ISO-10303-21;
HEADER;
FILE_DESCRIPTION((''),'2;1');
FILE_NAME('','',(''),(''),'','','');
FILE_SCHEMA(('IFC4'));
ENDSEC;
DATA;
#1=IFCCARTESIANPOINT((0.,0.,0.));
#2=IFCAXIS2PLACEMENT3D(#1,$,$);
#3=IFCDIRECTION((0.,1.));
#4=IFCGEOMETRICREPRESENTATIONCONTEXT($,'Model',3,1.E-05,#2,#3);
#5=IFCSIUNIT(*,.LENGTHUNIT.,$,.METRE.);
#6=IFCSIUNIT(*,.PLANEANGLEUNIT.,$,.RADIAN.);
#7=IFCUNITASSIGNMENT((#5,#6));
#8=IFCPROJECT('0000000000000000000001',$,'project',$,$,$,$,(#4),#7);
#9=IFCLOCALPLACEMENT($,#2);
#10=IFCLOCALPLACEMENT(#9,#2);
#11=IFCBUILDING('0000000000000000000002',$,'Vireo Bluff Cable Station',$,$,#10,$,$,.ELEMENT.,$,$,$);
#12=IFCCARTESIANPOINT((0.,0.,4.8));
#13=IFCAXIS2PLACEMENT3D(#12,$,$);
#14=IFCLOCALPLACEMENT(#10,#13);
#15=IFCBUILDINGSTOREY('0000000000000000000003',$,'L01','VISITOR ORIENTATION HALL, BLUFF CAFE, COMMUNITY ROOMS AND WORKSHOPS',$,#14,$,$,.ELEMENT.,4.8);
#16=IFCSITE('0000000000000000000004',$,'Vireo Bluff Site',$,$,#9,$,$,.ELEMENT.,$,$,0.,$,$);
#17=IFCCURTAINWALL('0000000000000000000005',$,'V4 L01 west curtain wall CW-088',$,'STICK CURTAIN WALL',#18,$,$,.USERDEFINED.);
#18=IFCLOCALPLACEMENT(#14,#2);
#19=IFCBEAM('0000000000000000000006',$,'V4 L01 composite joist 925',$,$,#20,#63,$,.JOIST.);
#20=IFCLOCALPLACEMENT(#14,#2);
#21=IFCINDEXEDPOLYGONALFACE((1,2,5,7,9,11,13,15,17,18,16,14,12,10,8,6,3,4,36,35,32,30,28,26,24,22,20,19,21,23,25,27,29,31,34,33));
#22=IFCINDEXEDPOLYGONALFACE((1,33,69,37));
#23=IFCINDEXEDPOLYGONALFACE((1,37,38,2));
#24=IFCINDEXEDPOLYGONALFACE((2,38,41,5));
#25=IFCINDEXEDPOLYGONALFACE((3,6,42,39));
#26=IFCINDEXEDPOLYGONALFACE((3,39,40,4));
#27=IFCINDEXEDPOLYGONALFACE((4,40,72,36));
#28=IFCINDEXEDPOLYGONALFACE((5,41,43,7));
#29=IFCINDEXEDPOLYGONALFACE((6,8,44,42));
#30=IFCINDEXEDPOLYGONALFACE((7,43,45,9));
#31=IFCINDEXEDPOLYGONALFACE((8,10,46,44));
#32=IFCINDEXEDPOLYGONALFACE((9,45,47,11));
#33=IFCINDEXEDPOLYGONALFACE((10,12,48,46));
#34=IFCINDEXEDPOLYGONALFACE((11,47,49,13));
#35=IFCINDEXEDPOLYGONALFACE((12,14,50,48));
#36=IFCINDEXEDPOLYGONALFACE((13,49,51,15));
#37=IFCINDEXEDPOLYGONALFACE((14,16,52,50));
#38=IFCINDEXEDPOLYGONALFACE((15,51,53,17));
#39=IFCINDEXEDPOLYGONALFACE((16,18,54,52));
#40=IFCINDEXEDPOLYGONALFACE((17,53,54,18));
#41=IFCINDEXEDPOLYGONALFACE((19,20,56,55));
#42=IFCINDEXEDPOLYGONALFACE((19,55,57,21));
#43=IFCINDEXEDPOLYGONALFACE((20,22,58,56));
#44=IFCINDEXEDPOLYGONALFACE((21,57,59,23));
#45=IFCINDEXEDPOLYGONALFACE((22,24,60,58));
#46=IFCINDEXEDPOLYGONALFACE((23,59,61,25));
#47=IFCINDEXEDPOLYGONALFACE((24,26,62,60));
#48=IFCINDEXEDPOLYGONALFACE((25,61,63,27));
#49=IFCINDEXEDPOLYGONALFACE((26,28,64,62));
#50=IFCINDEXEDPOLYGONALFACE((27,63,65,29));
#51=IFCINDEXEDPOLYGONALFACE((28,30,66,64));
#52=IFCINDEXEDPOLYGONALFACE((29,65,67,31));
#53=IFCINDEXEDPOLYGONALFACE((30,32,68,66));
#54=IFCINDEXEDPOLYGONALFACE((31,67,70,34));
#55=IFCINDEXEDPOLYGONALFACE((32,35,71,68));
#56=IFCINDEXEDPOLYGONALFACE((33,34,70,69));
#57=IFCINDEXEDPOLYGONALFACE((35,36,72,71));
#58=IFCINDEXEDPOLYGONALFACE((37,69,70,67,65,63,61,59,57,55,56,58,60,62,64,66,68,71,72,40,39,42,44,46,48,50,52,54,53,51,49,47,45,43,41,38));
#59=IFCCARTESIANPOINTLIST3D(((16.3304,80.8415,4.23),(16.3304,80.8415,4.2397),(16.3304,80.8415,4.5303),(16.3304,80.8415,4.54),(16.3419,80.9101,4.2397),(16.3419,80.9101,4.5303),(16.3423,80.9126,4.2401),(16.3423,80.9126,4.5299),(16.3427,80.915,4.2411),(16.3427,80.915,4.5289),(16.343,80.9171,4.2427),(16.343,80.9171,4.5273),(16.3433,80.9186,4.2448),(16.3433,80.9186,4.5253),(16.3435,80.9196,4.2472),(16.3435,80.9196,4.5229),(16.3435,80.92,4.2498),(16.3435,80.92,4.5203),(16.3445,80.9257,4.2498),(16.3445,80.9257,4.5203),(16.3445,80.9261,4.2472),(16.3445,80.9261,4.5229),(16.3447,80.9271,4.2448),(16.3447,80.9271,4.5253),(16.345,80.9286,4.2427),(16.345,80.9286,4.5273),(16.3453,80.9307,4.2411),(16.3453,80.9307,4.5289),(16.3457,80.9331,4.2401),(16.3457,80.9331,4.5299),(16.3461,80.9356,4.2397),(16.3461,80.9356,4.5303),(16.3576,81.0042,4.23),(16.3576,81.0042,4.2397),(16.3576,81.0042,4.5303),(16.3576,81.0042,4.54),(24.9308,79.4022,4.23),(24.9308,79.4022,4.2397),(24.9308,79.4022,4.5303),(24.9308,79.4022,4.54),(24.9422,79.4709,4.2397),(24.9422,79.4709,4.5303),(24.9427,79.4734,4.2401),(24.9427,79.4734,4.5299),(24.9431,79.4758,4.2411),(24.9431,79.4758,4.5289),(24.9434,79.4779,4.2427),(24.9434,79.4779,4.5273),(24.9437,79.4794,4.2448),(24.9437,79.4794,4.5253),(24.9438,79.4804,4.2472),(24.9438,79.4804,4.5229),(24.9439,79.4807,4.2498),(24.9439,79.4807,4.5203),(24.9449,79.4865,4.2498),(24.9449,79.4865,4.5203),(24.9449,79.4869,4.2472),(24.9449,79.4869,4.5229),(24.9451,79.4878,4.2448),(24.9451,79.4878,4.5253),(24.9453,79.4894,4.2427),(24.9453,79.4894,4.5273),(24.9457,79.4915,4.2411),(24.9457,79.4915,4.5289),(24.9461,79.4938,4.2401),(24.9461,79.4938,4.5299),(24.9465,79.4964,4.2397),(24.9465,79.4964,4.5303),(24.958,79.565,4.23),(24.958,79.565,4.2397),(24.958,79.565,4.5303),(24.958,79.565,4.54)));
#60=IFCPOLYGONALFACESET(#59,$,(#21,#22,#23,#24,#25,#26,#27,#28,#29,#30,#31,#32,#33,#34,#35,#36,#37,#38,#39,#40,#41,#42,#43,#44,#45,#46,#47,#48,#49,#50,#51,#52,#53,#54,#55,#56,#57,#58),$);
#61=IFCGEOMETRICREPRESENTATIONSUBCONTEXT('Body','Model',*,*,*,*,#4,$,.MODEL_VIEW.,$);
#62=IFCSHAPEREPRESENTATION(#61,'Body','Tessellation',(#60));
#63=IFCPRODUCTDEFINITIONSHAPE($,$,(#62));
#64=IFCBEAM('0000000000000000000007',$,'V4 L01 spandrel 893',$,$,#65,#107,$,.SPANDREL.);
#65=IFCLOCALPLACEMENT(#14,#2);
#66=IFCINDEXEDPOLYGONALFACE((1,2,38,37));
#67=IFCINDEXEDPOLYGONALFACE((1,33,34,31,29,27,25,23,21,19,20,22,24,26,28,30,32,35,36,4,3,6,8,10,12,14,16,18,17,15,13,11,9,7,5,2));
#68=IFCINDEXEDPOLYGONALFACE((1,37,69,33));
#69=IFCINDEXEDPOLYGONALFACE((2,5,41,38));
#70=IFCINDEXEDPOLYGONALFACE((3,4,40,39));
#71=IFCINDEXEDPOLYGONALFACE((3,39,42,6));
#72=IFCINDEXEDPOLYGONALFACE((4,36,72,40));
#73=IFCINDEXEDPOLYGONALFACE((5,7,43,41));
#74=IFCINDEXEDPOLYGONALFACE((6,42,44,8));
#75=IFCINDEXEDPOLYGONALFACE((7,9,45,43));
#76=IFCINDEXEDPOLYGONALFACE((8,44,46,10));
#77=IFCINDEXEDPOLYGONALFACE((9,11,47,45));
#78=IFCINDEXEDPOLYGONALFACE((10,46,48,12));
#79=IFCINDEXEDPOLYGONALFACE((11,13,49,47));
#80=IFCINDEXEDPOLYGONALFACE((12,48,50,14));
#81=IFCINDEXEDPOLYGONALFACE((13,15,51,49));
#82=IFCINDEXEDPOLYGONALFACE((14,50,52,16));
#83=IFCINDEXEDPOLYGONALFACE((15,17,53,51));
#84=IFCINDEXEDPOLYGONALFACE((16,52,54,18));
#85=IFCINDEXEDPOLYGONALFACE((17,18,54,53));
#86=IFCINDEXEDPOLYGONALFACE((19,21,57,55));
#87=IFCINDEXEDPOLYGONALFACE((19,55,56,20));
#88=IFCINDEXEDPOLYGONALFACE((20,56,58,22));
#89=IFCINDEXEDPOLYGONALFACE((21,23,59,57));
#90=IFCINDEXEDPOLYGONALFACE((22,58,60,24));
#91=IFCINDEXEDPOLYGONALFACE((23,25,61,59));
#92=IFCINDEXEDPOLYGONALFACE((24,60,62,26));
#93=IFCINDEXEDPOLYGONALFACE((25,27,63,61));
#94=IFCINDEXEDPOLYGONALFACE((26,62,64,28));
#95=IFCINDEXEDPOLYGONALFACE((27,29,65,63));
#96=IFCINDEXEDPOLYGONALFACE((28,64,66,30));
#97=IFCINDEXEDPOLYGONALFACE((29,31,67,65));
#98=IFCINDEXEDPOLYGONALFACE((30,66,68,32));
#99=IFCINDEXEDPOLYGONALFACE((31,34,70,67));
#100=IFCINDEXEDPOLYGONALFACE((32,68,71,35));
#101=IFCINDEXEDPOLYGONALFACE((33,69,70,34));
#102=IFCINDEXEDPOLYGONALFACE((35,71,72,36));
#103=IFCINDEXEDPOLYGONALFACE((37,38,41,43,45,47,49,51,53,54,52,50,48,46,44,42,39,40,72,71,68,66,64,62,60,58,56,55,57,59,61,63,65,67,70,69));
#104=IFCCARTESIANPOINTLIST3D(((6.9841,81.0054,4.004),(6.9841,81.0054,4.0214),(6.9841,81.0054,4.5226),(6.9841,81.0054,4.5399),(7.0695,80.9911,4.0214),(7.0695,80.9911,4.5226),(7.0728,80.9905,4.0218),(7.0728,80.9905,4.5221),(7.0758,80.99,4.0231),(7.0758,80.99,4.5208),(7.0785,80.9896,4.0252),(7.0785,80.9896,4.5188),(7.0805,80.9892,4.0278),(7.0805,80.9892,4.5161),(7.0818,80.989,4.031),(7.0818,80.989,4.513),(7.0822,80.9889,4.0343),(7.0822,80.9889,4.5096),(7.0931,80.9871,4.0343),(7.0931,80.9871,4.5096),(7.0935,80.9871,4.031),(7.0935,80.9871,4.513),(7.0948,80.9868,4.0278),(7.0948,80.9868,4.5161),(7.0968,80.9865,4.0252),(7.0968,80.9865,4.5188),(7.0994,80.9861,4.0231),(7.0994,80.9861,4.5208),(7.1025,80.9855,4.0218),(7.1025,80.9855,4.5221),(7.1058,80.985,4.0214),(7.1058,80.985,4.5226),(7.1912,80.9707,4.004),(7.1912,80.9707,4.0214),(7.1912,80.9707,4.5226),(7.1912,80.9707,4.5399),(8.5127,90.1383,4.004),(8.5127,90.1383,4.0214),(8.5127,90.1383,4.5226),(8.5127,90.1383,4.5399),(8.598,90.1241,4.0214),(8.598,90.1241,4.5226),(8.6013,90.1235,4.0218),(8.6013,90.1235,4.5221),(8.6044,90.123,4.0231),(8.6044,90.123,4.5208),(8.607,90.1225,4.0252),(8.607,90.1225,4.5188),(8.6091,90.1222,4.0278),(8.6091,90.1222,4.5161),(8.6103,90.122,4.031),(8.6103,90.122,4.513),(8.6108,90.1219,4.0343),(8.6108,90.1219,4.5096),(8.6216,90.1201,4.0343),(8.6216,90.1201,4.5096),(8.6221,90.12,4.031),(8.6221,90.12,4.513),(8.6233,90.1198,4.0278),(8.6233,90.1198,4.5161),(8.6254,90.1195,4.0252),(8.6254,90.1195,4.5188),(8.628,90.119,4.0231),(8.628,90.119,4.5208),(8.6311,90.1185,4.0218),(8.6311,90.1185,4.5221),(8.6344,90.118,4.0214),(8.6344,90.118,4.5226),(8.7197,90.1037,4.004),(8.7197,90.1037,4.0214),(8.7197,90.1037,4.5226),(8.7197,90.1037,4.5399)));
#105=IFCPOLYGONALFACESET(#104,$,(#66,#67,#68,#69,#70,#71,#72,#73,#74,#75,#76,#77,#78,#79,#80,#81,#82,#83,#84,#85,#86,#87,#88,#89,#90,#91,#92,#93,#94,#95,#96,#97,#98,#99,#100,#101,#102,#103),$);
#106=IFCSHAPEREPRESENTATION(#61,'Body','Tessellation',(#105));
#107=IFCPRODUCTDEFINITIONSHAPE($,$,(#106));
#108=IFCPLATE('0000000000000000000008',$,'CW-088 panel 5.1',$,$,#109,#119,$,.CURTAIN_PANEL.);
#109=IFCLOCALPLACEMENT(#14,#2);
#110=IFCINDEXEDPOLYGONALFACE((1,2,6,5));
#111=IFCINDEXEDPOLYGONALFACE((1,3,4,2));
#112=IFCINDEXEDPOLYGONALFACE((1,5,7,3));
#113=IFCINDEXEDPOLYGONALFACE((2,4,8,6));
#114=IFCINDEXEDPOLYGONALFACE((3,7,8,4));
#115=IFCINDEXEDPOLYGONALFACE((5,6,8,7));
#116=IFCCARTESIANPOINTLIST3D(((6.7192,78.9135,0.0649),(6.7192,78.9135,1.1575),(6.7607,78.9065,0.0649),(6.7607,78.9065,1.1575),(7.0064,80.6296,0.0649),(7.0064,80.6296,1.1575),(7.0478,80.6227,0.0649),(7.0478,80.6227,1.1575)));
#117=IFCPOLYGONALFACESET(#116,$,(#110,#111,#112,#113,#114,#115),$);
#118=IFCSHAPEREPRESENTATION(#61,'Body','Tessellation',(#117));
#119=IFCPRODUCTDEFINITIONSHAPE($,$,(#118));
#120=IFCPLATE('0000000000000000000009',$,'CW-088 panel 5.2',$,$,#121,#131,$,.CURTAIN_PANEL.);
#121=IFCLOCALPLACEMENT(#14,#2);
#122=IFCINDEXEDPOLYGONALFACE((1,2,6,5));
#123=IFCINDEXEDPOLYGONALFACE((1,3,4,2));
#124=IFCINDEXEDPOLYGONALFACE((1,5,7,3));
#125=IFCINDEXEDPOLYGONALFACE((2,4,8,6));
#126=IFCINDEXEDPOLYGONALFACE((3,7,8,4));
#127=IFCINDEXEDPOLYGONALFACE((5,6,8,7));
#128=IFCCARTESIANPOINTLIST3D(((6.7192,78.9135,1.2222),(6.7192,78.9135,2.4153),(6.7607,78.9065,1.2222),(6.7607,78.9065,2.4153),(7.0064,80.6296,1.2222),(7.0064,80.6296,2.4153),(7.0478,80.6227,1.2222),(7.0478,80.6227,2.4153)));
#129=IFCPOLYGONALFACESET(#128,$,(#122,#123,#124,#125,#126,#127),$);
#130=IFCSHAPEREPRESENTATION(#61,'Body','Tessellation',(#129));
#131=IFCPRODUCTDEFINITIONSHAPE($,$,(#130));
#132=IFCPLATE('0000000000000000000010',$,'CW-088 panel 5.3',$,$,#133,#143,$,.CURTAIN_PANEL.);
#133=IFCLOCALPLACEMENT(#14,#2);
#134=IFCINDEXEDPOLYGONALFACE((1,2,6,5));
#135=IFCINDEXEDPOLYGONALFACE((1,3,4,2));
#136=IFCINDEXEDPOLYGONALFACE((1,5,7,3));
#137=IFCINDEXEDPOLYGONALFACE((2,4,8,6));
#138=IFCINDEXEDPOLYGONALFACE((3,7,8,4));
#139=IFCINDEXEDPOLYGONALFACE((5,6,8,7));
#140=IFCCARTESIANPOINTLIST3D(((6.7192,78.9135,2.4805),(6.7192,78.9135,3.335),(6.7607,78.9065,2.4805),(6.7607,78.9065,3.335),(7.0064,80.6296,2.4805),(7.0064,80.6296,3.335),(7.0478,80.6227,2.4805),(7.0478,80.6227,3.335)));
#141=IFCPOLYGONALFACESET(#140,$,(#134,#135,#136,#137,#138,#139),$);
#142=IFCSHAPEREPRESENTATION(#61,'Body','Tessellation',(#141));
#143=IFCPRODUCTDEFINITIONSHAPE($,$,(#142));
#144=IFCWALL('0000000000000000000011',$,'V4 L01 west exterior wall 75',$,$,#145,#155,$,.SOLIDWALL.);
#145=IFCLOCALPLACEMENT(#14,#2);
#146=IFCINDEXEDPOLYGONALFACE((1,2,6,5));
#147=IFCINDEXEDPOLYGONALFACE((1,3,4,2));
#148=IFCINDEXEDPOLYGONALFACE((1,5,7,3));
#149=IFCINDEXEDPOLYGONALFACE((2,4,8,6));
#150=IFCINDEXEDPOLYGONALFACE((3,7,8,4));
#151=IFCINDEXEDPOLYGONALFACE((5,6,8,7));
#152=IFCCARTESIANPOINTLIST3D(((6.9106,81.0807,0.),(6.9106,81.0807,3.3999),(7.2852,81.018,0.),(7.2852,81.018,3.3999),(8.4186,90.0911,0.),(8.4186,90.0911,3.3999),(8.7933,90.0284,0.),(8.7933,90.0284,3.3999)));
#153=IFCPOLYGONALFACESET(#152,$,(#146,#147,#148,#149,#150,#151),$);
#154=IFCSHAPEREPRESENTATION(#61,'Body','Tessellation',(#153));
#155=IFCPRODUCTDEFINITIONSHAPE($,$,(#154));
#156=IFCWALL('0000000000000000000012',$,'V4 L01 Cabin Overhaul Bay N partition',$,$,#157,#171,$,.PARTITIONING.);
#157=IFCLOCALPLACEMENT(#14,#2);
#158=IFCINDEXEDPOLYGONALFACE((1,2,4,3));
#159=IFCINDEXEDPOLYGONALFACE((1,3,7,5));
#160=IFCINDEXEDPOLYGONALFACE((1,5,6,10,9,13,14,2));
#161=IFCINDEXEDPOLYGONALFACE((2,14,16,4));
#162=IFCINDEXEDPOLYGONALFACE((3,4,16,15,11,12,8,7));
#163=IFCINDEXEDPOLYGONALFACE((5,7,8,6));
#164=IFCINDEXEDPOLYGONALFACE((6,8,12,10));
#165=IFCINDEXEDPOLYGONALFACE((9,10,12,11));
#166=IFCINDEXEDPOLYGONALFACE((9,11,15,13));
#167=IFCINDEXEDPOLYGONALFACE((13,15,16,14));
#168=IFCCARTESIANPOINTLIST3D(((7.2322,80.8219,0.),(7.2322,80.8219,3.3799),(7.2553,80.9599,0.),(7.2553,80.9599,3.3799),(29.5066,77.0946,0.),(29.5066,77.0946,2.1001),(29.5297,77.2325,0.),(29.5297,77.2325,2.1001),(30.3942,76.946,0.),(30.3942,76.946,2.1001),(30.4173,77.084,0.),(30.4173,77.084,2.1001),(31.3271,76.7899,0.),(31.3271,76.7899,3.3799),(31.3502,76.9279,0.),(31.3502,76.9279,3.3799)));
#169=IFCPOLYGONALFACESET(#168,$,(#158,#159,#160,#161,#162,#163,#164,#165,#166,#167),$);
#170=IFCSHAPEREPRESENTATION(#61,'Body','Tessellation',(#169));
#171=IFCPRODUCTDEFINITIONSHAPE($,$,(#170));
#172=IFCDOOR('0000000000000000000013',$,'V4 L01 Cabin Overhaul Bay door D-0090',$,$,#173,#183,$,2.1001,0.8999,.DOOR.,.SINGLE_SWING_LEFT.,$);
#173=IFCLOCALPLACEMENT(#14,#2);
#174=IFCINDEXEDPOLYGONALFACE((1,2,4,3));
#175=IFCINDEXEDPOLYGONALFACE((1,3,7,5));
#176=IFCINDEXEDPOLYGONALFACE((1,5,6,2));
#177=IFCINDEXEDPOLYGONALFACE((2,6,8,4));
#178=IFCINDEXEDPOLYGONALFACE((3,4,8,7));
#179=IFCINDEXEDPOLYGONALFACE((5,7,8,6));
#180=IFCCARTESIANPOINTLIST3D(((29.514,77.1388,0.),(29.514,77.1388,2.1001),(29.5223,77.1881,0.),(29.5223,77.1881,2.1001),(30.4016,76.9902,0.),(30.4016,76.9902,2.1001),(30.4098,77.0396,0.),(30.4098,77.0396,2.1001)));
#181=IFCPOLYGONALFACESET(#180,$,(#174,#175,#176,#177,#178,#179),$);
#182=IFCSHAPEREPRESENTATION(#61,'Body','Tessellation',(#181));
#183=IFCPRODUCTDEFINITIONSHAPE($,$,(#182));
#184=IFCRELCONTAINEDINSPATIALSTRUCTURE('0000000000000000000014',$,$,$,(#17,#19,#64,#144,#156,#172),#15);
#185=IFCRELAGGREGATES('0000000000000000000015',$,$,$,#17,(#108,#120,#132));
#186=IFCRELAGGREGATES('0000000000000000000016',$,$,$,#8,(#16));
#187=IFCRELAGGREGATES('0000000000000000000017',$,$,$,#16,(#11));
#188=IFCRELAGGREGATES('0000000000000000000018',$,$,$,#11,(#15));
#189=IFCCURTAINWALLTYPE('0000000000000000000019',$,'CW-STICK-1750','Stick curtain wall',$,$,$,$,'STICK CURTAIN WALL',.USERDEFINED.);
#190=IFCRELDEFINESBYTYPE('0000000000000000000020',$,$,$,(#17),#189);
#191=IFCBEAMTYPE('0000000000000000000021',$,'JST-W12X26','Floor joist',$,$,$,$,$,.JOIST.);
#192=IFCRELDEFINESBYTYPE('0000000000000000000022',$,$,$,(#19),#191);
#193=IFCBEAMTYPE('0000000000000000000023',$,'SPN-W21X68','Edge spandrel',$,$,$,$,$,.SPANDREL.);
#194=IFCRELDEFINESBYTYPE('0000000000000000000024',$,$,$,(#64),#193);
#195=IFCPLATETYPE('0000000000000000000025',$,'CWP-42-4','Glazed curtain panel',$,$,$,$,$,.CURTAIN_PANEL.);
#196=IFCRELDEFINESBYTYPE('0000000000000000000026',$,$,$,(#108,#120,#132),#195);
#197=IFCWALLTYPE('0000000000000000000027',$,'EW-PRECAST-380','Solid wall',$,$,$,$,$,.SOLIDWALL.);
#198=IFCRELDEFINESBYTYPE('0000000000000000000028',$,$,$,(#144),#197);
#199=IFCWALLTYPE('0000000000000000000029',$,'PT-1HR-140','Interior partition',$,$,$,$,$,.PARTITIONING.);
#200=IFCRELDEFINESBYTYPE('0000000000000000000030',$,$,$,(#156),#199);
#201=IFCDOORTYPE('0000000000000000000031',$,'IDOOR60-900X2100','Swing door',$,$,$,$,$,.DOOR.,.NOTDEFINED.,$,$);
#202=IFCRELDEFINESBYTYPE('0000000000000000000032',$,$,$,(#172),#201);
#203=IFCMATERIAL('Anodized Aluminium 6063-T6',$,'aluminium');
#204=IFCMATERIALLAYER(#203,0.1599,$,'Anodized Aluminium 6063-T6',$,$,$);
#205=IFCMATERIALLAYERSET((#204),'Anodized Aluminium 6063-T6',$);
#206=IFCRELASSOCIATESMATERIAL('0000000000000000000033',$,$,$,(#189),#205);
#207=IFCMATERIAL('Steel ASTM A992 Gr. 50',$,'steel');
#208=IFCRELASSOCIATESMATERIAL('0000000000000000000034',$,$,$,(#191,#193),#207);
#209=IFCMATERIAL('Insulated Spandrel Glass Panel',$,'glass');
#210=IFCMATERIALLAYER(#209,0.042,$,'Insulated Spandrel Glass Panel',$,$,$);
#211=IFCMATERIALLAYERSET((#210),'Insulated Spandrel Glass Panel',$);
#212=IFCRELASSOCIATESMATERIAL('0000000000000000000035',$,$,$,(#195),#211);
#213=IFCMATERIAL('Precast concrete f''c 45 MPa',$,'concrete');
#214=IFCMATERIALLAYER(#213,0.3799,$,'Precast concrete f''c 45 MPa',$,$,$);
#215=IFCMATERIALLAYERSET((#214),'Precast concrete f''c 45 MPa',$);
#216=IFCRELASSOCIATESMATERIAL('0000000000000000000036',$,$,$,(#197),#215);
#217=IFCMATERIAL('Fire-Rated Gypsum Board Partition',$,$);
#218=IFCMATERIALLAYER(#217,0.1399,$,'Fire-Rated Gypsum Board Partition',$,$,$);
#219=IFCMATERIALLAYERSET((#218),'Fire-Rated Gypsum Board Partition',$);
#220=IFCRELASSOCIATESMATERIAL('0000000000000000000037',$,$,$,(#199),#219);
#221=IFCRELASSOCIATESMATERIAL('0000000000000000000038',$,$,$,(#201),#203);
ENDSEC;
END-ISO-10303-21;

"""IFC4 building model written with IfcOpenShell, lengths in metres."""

from ifc_helpers import new_model, si_unit, direction, frame, frame_2d, origin, origin_with_axes, origin_2d, place, context, subcontext, project, spatial, rectangle, i_section, extrude, material, layer, layer_set, material_profile, profile_set, type_object, element, fill, aggregate, save


model = new_model("IFC4")

# Units and contexts
model_context = context("Model", 3, precision=1e-05, world=origin(), true_north=direction((0.0, 1.0)))
body_context = subcontext(model_context, "Body", "Model", "MODEL_VIEW")
ifc_project = project(units=[si_unit("LENGTHUNIT", "METRE"), si_unit("PLANEANGLEUNIT", "RADIAN")], contexts=[model_context])

# Site, building, storey
site_placement = place(None, origin())
site = spatial("IfcSite", under=ifc_project, at=site_placement, Name="Vireo Bluff Site", CompositionType="ELEMENT", RefElevation=0.0)
building_placement = place(site_placement, origin())
building = spatial("IfcBuilding", under=site, at=building_placement, Name="Vireo Bluff Cable Station", CompositionType="ELEMENT")
storey_placement = place(building_placement, frame((0.0, 0.0, 4.8)))
storey = spatial("IfcBuildingStorey", under=building, at=storey_placement, Name="L01", Description="VISITOR ORIENTATION HALL, BLUFF CAFE, COMMUNITY ROOMS AND WORKSHOPS", CompositionType="ELEMENT", Elevation=4.8)

# Shared definitions
ifc_material_1 = material(Name="Steel ASTM A992 Gr. 50", Category="steel")

# Curtain wall
ifc_material_2 = material(Name="Anodized Aluminium 6063-T6", Category="aluminium")
ifc_layer_1 = layer(ifc_material_2, 0.1599, Name="Anodized Aluminium 6063-T6")
ifc_layer_set_1 = layer_set([ifc_layer_1], Name="Anodized Aluminium 6063-T6")
curtain_wall_type = type_object("IfcCurtainWallType", Name="CW-STICK-1750", Description="Stick curtain wall", ElementType="STICK CURTAIN WALL", PredefinedType="USERDEFINED", material=ifc_layer_set_1)
curtain_wall_placement = place(storey_placement, origin())
curtain_wall = element("IfcCurtainWall", 1, at=curtain_wall_placement, inside=storey, type_object=curtain_wall_type, Name="V4 L01 west curtain wall CW-088", ObjectType="STICK CURTAIN WALL", PredefinedType="USERDEFINED")

# Beams
ifc_material_profile_1 = material_profile(ifc_material_1, i_section(OverallWidth=0.165, OverallDepth=0.3101, WebThickness=0.0059, FlangeThickness=0.0098, FilletRadius=0.01, at=origin_2d()), Name="W12X26")
ifc_profile_set_1 = profile_set([ifc_material_profile_1], Name="Steel ASTM A992 Gr. 50")
beam_type_1 = type_object("IfcBeamType", Name="JST-W12X26", Description="Floor joist", PredefinedType="JOIST", material=ifc_profile_set_1)
beam_1_placement = place(storey_placement, frame((16.344, 80.9229, 4.385), z_axis=(0.986286, -0.165048, 0.0), x_axis=(0.165048, 0.986286, 0.0)))
element("IfcBeam", 2, at=beam_1_placement, inside=storey, type_object=beam_type_1, Name="V4 L01 composite joist 925", PredefinedType="JOIST", context=body_context, shape_type="SweptSolid", body=[
    extrude(i_section(OverallWidth=0.165, OverallDepth=0.3101, WebThickness=0.0059, FlangeThickness=0.0098, FilletRadius=0.01, at=origin_2d()), origin(), (0.0, 0.0, 1.0), 8.72),
])
ifc_material_profile_2 = material_profile(ifc_material_1, i_section(OverallWidth=0.21, OverallDepth=0.5359, WebThickness=0.011, FlangeThickness=0.0173, FilletRadius=0.0129, at=origin_2d()), Name="W21X68")
ifc_profile_set_2 = profile_set([ifc_material_profile_2], Name="Steel ASTM A992 Gr. 50")
beam_type_2 = type_object("IfcBeamType", Name="SPN-W21X68", Description="Edge spandrel", PredefinedType="SPANDREL", material=ifc_profile_set_2)
beam_2_placement = place(storey_placement, frame((7.0876, 80.988, 4.272), z_axis=(0.16507, 0.986282, 0.0), x_axis=(-0.986282, 0.16507, 0.0)))
element("IfcBeam", 3, at=beam_2_placement, inside=storey, type_object=beam_type_2, Name="V4 L01 spandrel 893", PredefinedType="SPANDREL", context=body_context, shape_type="SweptSolid", body=[
    extrude(i_section(OverallWidth=0.21, OverallDepth=0.5359, WebThickness=0.011, FlangeThickness=0.0173, FilletRadius=0.0129, at=origin_2d()), origin(), (0.0, 0.0, 1.0), 9.26),
])

# Plates
ifc_material_3 = material(Name="Insulated Spandrel Glass Panel", Category="glass")
ifc_layer_2 = layer(ifc_material_3, 0.042, Name="Insulated Spandrel Glass Panel")
ifc_layer_set_2 = layer_set([ifc_layer_2], Name="Insulated Spandrel Glass Panel")
plate_type = type_object("IfcPlateType", Name="CWP-42-4", Description="Glazed curtain panel", PredefinedType="CURTAIN_PANEL", material=ifc_layer_set_2)
plate_1_placement = place(storey_placement, frame((6.8835, 79.7681, 0.0649), z_axis=(0.0, 0.0, 1.0), x_axis=(0.165048, 0.986286, 0.0)))
plate_1 = element("IfcPlate", 4, at=plate_1_placement, type_object=plate_type, Name="CW-088 panel 5.1", PredefinedType="CURTAIN_PANEL", context=body_context, shape_type="SweptSolid", body=[
    extrude(rectangle(XDim=1.74, YDim=0.042, at=origin_2d()), origin(), (0.0, 0.0, 1.0), 1.0925),
])
plate_2_placement = place(storey_placement, frame((6.8835, 79.7681, 1.2222), z_axis=(0.0, 0.0, 1.0), x_axis=(0.165048, 0.986286, 0.0)))
plate_2 = element("IfcPlate", 5, at=plate_2_placement, type_object=plate_type, Name="CW-088 panel 5.2", PredefinedType="CURTAIN_PANEL", context=body_context, shape_type="SweptSolid", body=[
    extrude(rectangle(XDim=1.74, YDim=0.042, at=origin_2d()), origin(), (0.0, 0.0, 1.0), 1.1931),
])
plate_3_placement = place(storey_placement, frame((6.8835, 79.7681, 2.4805), z_axis=(0.0, 0.0, 1.0), x_axis=(0.165048, 0.986286, 0.0)))
plate_3 = element("IfcPlate", 6, at=plate_3_placement, type_object=plate_type, Name="CW-088 panel 5.3", PredefinedType="CURTAIN_PANEL", context=body_context, shape_type="SweptSolid", body=[
    extrude(rectangle(XDim=1.74, YDim=0.042, at=origin_2d()), origin(), (0.0, 0.0, 1.0), 0.8545),
])
aggregate(curtain_wall, [plate_1, plate_2, plate_3])

# Wall
ifc_material_4 = material(Name="Precast concrete f'c 45 MPa", Category="concrete")
ifc_layer_3 = layer(ifc_material_4, 0.3799, Name="Precast concrete f'c 45 MPa")
ifc_layer_set_3 = layer_set([ifc_layer_3], Name="Precast concrete f'c 45 MPa")
wall_type_1 = type_object("IfcWallType", Name="EW-PRECAST-380", Description="Solid wall", PredefinedType="SOLIDWALL", material=ifc_layer_set_3)
wall_1_placement = place(storey_placement, frame((7.0979, 81.0493, 0.0), z_axis=(0.0, 0.0, 1.0), x_axis=(0.165071, 0.986282, 0.0)))
element("IfcWall", 7, at=wall_1_placement, inside=storey, type_object=wall_type_1, Name="V4 L01 west exterior wall 75", PredefinedType="SOLIDWALL", context=body_context, shape_type="SweptSolid", body=[
    extrude(rectangle(XDim=9.1357, YDim=0.3799, at=frame_2d((4.5679, 0.0))), origin(), (0.0, 0.0, 1.0), 3.3999),
])

# Wall, opening, door
ifc_material_5 = material(Name="Fire-Rated Gypsum Board Partition")
ifc_layer_4 = layer(ifc_material_5, 0.1399, Name="Fire-Rated Gypsum Board Partition")
ifc_layer_set_4 = layer_set([ifc_layer_4], Name="Fire-Rated Gypsum Board Partition")
wall_type_2 = type_object("IfcWallType", Name="PT-1HR-140", Description="Interior partition", PredefinedType="PARTITIONING", material=ifc_layer_set_4)
wall_2_placement = place(storey_placement, frame((7.2439, 80.8909, 0.0), z_axis=(0.0, 0.0, 1.0), x_axis=(0.986286, -0.165042, 0.0)))
wall_2 = element("IfcWall", 8, at=wall_2_placement, inside=storey, type_object=wall_type_2, Name="V4 L01 Cabin Overhaul Bay N partition", PredefinedType="PARTITIONING", context=body_context, shape_type="SweptSolid", body=[
    extrude(rectangle(XDim=24.4299, YDim=0.1399, at=frame_2d((12.2148, 0.0))), origin(), (0.0, 0.0, 1.0), 3.3799),
])
opening_placement = place(wall_2_placement, frame((22.584, 0.0, 0.0)))
opening = element("IfcOpeningElement", 9, at=opening_placement, cuts=wall_2, PredefinedType="OPENING", context=body_context, shape_type="SweptSolid", body=[
    extrude(rectangle(XDim=0.8999, YDim=2.1001, at=frame_2d((0.45, 1.05))), frame((0.0, 0.0801, 0.0), z_axis=(0.0, -1.0, 0.0), x_axis=(1.0, 0.0, 0.0)), (0.0, 0.0, 1.0), 0.1599),
])
door_type = type_object("IfcDoorType", Name="IDOOR60-900X2100", Description="Swing door", OperationType="NOTDEFINED", PredefinedType="DOOR", material=ifc_material_2)
door_placement = place(opening_placement, origin_with_axes())
door = element("IfcDoor", 10, at=door_placement, inside=storey, type_object=door_type, Name="V4 L01 Cabin Overhaul Bay door D-0090", OperationType="SINGLE_SWING_LEFT", OverallHeight=2.1001, OverallWidth=0.8999, PredefinedType="DOOR", context=body_context, shape_type="SweptSolid", body=[
    extrude(rectangle(XDim=0.8999, YDim=2.1001, at=frame_2d((0.45, 1.05))), frame((0.0, 0.0249, 0.0), z_axis=(0.0, -1.0, 0.0), x_axis=(1.0, 0.0, 0.0)), (0.0, 0.0, 1.0), 0.05),
])
fill(opening, door)

save(model, "model.ifc")
